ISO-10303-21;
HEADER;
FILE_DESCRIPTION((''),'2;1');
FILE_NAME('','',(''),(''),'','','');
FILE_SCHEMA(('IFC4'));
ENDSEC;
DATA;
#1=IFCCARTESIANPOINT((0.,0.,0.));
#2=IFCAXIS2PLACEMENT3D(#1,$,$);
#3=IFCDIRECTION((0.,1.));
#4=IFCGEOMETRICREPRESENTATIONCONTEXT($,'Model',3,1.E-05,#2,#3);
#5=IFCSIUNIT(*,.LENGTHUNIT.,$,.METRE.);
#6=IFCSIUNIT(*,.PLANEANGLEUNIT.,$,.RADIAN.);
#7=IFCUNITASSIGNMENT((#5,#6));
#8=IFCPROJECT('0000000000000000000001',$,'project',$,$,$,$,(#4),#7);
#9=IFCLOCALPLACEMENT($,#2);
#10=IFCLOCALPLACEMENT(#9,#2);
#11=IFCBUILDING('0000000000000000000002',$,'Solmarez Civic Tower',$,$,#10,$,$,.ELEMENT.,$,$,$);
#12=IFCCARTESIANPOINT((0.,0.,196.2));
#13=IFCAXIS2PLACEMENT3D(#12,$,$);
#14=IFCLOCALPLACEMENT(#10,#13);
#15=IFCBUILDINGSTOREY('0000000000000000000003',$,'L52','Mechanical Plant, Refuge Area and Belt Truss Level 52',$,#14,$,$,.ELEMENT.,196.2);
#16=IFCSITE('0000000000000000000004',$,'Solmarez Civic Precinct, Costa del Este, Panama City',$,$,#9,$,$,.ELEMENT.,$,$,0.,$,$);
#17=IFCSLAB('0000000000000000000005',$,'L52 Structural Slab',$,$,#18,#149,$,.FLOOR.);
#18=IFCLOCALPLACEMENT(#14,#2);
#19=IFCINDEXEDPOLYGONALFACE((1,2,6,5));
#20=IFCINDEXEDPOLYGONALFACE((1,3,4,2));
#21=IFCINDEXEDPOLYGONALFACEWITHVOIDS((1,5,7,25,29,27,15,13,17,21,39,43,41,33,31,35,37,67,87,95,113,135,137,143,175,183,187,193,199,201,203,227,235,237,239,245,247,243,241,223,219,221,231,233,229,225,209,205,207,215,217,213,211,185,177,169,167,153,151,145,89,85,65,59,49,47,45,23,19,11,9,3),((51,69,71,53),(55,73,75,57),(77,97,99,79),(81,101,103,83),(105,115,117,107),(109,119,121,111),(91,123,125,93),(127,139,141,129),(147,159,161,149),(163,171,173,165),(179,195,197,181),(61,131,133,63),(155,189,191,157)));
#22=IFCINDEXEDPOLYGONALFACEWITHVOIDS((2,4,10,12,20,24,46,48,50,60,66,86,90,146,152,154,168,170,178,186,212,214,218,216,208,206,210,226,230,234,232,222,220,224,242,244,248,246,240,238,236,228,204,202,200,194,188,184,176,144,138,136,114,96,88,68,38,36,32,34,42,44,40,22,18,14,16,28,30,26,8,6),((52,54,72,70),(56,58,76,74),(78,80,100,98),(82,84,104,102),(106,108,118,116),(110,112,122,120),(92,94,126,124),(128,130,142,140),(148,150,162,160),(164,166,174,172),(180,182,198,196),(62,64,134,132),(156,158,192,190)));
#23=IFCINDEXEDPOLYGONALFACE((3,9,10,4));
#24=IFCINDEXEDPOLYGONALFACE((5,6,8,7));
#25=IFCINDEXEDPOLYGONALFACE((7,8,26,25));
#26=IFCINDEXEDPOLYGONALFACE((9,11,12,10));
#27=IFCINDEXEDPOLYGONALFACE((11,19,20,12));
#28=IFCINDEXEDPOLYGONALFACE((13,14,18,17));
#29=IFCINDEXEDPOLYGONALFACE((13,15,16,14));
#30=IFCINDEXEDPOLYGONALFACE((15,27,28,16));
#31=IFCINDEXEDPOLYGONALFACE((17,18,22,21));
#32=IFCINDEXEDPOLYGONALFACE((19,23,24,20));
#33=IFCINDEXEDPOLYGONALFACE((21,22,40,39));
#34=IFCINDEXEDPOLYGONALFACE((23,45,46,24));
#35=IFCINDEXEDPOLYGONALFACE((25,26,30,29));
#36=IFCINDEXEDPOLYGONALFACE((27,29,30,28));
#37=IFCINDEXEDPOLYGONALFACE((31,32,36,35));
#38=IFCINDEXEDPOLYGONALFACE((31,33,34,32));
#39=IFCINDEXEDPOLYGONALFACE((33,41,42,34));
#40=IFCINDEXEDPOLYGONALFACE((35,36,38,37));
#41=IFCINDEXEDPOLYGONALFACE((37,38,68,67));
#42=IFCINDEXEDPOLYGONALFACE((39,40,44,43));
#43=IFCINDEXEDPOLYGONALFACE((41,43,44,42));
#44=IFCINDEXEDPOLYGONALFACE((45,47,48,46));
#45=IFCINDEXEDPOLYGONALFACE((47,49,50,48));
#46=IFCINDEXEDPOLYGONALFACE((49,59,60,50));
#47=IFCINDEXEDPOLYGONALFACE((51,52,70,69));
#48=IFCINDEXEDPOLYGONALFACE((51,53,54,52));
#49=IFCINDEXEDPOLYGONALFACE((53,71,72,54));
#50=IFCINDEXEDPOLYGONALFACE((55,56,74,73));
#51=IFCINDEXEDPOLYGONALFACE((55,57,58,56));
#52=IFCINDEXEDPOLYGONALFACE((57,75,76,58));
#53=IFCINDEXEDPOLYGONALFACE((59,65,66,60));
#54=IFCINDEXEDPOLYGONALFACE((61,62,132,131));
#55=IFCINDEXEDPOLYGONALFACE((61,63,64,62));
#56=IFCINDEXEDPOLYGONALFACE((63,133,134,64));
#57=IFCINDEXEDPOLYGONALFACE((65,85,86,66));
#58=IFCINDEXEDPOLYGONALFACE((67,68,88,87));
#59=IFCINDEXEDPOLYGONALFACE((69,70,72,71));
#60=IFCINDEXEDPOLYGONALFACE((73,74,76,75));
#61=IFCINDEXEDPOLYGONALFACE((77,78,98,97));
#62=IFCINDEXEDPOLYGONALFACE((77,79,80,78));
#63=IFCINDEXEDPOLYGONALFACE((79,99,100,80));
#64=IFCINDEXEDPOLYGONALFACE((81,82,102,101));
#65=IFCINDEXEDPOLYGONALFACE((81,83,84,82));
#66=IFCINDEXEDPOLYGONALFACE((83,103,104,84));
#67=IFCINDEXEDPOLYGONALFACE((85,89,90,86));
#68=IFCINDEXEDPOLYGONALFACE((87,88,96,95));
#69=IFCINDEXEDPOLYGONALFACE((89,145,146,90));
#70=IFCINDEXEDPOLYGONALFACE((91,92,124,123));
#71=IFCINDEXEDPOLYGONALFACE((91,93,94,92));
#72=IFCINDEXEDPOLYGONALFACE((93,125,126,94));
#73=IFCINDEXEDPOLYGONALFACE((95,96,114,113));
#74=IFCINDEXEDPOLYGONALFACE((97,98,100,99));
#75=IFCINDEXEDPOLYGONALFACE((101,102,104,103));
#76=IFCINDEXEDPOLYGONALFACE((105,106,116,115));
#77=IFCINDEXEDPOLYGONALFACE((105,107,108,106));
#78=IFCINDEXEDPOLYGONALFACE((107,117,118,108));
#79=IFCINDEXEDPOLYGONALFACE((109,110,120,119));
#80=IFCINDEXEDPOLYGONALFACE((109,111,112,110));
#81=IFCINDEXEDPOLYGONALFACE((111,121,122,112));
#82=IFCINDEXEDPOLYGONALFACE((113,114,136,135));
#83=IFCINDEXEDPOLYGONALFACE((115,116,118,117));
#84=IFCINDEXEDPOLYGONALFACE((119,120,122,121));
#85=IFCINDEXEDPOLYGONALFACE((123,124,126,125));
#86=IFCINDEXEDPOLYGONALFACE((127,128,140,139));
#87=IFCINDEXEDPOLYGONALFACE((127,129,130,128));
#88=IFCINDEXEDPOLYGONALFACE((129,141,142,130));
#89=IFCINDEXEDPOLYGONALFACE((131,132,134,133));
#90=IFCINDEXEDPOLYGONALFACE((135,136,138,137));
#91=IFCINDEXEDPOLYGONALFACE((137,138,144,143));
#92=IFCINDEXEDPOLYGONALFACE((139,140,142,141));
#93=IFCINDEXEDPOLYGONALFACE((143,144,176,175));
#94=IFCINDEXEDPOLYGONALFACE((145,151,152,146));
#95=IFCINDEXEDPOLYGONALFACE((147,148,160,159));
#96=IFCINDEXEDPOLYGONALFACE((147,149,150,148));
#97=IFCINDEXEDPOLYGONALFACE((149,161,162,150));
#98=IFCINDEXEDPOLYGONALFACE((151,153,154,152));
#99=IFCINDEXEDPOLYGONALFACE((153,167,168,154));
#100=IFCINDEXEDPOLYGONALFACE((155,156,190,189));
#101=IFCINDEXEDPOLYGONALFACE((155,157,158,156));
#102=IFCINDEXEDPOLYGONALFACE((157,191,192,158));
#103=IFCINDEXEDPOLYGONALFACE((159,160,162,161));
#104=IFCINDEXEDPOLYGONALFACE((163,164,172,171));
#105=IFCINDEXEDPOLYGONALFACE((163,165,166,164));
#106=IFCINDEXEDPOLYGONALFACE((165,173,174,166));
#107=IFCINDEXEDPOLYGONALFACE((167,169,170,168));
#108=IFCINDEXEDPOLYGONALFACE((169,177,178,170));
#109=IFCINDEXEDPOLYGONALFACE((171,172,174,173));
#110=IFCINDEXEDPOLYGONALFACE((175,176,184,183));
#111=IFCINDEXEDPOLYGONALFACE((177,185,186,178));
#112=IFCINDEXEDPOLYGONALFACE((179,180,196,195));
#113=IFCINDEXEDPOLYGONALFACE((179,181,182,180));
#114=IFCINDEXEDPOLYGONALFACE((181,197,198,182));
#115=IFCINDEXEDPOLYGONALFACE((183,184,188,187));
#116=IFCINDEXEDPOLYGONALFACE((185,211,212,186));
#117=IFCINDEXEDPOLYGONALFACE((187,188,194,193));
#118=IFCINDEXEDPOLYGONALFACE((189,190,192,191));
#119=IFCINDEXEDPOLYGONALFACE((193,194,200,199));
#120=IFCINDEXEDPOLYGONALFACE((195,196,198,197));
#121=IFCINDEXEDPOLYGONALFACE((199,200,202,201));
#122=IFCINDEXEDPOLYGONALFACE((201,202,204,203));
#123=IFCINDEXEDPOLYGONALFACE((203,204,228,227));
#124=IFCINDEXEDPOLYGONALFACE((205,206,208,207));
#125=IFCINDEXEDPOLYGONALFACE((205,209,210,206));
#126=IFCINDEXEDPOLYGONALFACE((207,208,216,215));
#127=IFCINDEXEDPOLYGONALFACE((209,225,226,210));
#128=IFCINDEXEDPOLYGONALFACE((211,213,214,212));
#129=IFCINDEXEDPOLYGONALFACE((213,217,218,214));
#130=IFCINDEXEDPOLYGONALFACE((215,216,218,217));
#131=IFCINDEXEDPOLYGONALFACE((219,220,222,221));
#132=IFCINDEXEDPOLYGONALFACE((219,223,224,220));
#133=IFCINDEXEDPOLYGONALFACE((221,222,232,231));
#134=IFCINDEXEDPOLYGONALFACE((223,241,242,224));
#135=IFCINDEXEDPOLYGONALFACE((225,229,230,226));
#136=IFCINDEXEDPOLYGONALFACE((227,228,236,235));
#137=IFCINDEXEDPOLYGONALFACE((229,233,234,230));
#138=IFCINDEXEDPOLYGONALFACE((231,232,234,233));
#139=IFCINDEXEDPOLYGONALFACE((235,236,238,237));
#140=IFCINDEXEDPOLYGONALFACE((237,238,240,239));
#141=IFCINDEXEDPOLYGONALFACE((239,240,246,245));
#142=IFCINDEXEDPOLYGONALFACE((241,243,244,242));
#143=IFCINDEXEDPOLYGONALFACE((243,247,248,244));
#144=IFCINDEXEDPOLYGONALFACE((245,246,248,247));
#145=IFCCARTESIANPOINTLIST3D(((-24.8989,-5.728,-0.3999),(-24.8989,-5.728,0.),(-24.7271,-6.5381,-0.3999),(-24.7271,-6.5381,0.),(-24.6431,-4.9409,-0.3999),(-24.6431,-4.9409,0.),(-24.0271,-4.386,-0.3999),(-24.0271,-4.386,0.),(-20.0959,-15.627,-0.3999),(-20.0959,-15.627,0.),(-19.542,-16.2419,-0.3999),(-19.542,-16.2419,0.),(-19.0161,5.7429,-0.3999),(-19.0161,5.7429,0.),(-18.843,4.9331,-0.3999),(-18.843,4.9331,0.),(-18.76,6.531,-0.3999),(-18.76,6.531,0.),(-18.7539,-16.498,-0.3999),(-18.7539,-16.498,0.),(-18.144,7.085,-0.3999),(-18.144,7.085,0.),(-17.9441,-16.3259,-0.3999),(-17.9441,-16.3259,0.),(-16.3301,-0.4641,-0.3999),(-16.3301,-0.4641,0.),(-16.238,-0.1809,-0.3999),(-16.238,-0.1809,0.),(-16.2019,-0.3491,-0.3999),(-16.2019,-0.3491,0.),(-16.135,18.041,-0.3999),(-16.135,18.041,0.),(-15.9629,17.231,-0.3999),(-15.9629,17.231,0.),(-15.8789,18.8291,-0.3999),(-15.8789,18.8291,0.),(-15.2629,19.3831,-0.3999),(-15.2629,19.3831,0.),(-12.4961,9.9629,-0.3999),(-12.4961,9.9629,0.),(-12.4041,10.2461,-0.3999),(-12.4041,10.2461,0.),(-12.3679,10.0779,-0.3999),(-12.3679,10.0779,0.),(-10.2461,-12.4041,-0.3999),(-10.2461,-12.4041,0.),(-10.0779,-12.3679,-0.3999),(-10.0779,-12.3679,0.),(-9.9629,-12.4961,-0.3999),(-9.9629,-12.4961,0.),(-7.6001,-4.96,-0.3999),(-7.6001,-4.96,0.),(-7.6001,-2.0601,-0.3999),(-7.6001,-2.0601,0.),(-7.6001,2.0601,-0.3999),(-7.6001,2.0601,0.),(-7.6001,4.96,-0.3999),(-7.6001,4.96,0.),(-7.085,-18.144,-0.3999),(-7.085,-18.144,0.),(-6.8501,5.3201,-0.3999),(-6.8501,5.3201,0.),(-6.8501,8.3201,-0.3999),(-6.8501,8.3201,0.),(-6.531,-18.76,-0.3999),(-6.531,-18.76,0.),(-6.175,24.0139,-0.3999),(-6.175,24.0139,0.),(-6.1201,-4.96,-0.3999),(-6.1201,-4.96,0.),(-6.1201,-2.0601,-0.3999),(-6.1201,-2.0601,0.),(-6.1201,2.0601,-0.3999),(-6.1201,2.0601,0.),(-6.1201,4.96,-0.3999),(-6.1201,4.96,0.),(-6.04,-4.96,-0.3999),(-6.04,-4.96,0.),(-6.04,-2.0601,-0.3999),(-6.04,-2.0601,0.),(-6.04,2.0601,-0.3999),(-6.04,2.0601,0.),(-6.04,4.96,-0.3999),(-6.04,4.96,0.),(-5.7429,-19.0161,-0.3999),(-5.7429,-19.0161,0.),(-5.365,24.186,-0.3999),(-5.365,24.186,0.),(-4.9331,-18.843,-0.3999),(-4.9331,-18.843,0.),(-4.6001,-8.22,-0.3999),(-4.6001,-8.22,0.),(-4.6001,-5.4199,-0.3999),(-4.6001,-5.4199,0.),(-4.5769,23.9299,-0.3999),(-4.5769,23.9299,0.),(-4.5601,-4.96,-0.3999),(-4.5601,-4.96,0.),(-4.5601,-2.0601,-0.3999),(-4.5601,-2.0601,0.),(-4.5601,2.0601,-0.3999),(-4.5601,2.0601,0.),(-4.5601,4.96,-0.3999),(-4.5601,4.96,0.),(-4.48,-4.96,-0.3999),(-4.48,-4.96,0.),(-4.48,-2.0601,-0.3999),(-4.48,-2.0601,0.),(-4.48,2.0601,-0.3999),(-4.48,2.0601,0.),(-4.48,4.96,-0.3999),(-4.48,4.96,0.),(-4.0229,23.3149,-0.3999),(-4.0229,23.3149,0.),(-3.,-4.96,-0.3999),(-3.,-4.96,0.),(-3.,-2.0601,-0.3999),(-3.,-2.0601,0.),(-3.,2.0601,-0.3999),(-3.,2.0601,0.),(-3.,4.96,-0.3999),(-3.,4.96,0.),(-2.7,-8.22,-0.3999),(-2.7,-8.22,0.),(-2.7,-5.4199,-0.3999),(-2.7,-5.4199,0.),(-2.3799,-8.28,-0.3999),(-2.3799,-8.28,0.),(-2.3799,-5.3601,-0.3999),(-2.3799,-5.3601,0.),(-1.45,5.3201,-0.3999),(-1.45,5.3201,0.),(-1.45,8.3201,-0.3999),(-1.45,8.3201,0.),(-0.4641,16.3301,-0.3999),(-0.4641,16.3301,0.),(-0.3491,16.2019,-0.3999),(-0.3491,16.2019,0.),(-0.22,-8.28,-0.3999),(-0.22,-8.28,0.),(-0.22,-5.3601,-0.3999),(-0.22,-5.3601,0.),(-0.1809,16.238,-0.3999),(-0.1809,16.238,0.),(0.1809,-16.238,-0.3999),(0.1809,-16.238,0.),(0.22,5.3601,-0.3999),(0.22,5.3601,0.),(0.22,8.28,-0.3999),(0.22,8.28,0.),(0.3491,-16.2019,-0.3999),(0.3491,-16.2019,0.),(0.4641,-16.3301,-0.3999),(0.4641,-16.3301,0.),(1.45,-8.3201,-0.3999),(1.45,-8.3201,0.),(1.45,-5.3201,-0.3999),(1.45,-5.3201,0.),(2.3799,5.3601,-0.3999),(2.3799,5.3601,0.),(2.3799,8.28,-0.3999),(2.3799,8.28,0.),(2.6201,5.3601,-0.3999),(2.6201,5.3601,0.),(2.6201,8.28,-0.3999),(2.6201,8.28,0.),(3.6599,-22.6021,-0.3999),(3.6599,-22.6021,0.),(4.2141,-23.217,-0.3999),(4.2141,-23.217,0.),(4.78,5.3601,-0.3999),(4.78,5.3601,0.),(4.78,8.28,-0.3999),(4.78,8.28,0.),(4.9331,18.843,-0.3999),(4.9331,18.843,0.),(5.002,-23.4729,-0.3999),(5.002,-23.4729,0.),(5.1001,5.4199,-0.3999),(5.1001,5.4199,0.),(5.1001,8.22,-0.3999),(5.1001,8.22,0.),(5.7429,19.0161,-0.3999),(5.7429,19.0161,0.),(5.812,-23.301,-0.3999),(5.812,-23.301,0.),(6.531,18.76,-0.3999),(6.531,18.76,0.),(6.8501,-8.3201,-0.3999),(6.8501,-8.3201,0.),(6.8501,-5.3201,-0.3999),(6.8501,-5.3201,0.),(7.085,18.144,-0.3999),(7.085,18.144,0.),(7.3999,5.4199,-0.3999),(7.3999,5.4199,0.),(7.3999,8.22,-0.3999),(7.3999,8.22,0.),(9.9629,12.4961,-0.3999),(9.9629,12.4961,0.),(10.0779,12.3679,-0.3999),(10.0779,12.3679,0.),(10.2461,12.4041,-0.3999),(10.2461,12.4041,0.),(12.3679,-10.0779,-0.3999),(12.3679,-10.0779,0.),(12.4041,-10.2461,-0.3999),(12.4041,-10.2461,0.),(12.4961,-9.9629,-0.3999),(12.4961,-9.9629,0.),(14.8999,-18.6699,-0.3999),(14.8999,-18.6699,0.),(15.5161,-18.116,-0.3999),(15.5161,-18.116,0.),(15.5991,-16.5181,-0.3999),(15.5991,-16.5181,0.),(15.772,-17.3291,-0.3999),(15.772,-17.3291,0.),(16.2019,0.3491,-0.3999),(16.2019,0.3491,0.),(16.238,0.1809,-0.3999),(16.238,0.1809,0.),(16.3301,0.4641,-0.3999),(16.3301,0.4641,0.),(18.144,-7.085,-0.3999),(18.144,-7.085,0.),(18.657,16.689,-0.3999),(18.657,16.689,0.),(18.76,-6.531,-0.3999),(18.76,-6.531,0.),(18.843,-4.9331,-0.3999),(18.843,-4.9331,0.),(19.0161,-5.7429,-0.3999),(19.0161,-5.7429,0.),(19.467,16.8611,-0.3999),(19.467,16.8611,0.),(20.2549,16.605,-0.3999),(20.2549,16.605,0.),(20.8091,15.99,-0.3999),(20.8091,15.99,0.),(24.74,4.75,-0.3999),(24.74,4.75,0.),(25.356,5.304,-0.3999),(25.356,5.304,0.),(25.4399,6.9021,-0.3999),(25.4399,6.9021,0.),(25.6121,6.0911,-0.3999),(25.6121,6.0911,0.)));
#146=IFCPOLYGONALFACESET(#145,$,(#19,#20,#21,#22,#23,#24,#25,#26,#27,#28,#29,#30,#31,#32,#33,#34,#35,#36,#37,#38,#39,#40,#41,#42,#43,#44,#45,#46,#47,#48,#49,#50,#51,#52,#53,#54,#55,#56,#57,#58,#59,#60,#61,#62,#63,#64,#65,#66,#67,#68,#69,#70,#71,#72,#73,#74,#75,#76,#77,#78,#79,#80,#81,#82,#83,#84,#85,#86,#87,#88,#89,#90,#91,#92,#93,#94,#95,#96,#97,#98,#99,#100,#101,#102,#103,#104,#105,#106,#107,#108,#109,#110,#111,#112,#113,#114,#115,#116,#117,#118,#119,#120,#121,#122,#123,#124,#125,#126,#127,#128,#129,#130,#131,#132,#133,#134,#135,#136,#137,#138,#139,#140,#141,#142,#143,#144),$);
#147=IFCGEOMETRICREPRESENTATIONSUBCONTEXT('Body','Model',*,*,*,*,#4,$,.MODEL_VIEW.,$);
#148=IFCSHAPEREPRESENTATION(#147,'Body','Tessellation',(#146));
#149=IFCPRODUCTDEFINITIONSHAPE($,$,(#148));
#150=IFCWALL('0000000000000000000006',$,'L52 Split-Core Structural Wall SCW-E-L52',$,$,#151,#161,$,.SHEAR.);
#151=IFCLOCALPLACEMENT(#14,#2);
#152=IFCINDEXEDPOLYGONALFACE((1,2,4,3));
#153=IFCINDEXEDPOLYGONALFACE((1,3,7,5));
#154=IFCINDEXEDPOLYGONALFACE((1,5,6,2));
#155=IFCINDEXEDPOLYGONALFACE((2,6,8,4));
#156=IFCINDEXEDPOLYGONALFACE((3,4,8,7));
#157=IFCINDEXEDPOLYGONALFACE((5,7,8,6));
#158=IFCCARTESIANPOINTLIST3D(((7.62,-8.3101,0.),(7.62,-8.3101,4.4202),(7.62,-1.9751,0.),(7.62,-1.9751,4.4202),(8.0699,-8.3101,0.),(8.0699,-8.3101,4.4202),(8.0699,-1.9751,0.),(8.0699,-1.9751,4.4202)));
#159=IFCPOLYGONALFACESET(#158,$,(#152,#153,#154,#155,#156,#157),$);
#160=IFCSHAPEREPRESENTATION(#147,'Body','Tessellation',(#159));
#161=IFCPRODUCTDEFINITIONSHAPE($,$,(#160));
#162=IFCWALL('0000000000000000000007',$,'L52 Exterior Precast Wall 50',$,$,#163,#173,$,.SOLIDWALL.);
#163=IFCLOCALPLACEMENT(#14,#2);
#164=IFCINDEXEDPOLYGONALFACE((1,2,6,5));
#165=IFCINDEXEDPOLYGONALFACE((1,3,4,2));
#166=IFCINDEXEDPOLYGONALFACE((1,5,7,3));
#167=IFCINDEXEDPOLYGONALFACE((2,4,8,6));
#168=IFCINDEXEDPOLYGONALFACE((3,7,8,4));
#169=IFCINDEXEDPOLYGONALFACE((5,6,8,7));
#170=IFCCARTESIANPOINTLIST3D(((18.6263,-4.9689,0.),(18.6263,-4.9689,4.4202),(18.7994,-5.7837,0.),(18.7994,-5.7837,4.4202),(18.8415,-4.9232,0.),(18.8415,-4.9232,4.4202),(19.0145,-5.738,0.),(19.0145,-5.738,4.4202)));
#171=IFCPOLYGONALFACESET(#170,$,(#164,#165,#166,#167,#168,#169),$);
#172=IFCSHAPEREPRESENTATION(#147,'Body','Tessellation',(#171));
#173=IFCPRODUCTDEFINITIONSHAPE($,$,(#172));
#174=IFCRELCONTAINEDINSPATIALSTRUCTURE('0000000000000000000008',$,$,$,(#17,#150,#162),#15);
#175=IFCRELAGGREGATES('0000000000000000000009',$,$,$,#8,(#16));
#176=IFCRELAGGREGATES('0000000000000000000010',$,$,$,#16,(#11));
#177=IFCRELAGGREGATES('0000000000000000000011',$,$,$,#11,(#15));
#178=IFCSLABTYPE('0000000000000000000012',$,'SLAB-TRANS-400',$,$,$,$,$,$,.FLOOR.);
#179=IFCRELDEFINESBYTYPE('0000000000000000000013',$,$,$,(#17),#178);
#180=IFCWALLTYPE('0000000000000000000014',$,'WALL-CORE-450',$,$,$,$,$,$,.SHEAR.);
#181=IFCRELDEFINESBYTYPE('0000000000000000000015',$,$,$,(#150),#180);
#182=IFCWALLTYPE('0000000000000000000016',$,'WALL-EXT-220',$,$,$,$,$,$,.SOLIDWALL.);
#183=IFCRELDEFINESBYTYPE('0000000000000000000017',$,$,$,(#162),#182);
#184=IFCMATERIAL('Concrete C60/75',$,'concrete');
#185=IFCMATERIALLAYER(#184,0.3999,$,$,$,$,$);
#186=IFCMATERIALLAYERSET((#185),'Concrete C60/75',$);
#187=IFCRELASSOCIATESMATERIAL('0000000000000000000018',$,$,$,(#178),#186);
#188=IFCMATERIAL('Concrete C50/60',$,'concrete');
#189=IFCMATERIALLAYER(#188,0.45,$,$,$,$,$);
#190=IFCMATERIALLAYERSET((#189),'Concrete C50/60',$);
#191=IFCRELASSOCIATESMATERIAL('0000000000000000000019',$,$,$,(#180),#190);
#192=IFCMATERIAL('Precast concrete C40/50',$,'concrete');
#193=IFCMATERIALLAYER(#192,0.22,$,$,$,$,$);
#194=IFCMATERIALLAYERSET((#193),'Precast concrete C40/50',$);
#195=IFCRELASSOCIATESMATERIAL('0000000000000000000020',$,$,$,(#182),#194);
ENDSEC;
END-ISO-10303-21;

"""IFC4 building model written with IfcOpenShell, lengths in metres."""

from ifc_helpers import new_model, si_unit, direction, frame, frame_2d, origin, place, context, subcontext, project, spatial, polyline, rectangle, outline, extrude, material, layer, layer_set, type_object, element, save


model = new_model("IFC4")

# Units and contexts
model_context = context("Model", 3, precision=1e-05, world=origin(), true_north=direction((0.0, 1.0)))
body_context = subcontext(model_context, "Body", "Model", "MODEL_VIEW")
ifc_project = project(units=[si_unit("LENGTHUNIT", "METRE"), si_unit("PLANEANGLEUNIT", "RADIAN")], contexts=[model_context])

# Site, building, storey
site_placement = place(None, origin())
site = spatial("IfcSite", under=ifc_project, at=site_placement, Name="Solmarez Civic Precinct, Costa del Este, Panama City", CompositionType="ELEMENT", RefElevation=0.0)
building_placement = place(site_placement, origin())
building = spatial("IfcBuilding", under=site, at=building_placement, Name="Solmarez Civic Tower", CompositionType="ELEMENT")
storey_placement = place(building_placement, frame((0.0, 0.0, 196.2)))
storey = spatial("IfcBuildingStorey", under=building, at=storey_placement, Name="L52", Description="Mechanical Plant, Refuge Area and Belt Truss Level 52", CompositionType="ELEMENT", Elevation=196.2)

# Shared definitions
ifc_material_1 = material(Name="Concrete C50/60", Category="concrete")

# Slab
ifc_material_2 = material(Name="Concrete C60/75", Category="concrete")
ifc_layer_1 = layer(ifc_material_2, 0.3999)
ifc_layer_set_1 = layer_set([ifc_layer_1], Name="Concrete C60/75")
slab_type_1 = type_object("IfcSlabType", Name="SLAB-TRANS-400", PredefinedType="FLOOR", material=ifc_layer_set_1)
slab_1_placement = place(storey_placement, frame((0.0, 0.0, -0.3999)))
element("IfcSlab", 1, at=slab_1_placement, inside=storey, type_object=slab_type_1, Name="L52 Structural Slab", PredefinedType="FLOOR", context=body_context, shape_type="SweptSolid", body=[
    extrude(outline(polyline([(-9.9629, -12.4961), (-7.085, -18.144), (-6.531, -18.76), (-5.7429, -19.0161), (-4.9331, -18.843), (0.1809, -16.238), (0.3491, -16.2019), (0.4641, -16.3301), (3.6599, -22.6021), (4.2141, -23.217), (5.002, -23.4729), (5.812, -23.301), (14.8999, -18.6699), (15.5161, -18.116), (15.772, -17.3291), (15.5991, -16.5181), (12.4041, -10.2461), (12.3679, -10.0779), (12.4961, -9.9629), (18.144, -7.085), (18.76, -6.531), (19.0161, -5.7429), (18.843, -4.9331), (16.238, 0.1809), (16.2019, 0.3491), (16.3301, 0.4641), (24.74, 4.75), (25.356, 5.304), (25.6121, 6.0911), (25.4399, 6.9021), (20.8091, 15.99), (20.2549, 16.605), (19.467, 16.8611), (18.657, 16.689), (10.2461, 12.4041), (10.0779, 12.3679), (9.9629, 12.4961), (7.085, 18.144), (6.531, 18.76), (5.7429, 19.0161), (4.9331, 18.843), (-0.1809, 16.238), (-0.3491, 16.2019), (-0.4641, 16.3301), (-4.0229, 23.3149), (-4.5769, 23.9299), (-5.365, 24.186), (-6.175, 24.0139), (-15.2629, 19.3831), (-15.8789, 18.8291), (-16.135, 18.041), (-15.9629, 17.231), (-12.4041, 10.2461), (-12.3679, 10.0779), (-12.4961, 9.9629), (-18.144, 7.085), (-18.76, 6.531), (-19.0161, 5.7429), (-18.843, 4.9331), (-16.238, -0.1809), (-16.2019, -0.3491), (-16.3301, -0.4641), (-24.0271, -4.386), (-24.6431, -4.9409), (-24.8989, -5.728), (-24.7271, -6.5381), (-20.0959, -15.627), (-19.542, -16.2419), (-18.7539, -16.498), (-17.9441, -16.3259), (-10.2461, -12.4041), (-10.0779, -12.3679), (-9.9629, -12.4961)]), holes=[polyline([(-1.45, 8.3201), (-6.8501, 8.3201), (-6.8501, 5.3201), (-1.45, 5.3201), (-1.45, 8.3201)]), polyline([(1.45, -8.3201), (6.8501, -8.3201), (6.8501, -5.3201), (1.45, -5.3201), (1.45, -8.3201)]), polyline([(0.22, 5.3601), (2.3799, 5.3601), (2.3799, 8.28), (0.22, 8.28), (0.22, 5.3601)]), polyline([(2.6201, 5.3601), (4.78, 5.3601), (4.78, 8.28), (2.6201, 8.28), (2.6201, 5.3601)]), polyline([(-2.3799, -8.28), (-0.22, -8.28), (-0.22, -5.3601), (-2.3799, -5.3601), (-2.3799, -8.28)]), polyline([(-7.6001, -4.96), (-6.1201, -4.96), (-6.1201, -2.0601), (-7.6001, -2.0601), (-7.6001, -4.96)]), polyline([(-6.04, -4.96), (-4.5601, -4.96), (-4.5601, -2.0601), (-6.04, -2.0601), (-6.04, -4.96)]), polyline([(-4.48, -4.96), (-3.0, -4.96), (-3.0, -2.0601), (-4.48, -2.0601), (-4.48, -4.96)]), polyline([(-7.6001, 2.0601), (-6.1201, 2.0601), (-6.1201, 4.96), (-7.6001, 4.96), (-7.6001, 2.0601)]), polyline([(-6.04, 2.0601), (-4.5601, 2.0601), (-4.5601, 4.96), (-6.04, 4.96), (-6.04, 2.0601)]), polyline([(-4.48, 2.0601), (-3.0, 2.0601), (-3.0, 4.96), (-4.48, 4.96), (-4.48, 2.0601)]), polyline([(5.1001, 5.4199), (7.3999, 5.4199), (7.3999, 8.22), (5.1001, 8.22), (5.1001, 5.4199)]), polyline([(-4.6001, -8.22), (-2.7, -8.22), (-2.7, -5.4199), (-4.6001, -5.4199), (-4.6001, -8.22)])]), origin(), (0.0, 0.0, 1.0), 0.3999),
])

# Walls
ifc_layer_2 = layer(ifc_material_1, 0.45)
ifc_layer_set_2 = layer_set([ifc_layer_2], Name="Concrete C50/60")
wall_type_1 = type_object("IfcWallType", Name="WALL-CORE-450", PredefinedType="SHEAR", material=ifc_layer_set_2)
wall_1_placement = place(storey_placement, frame((7.845, -1.9751, 0.0), z_axis=(0.0, 0.0, 1.0), x_axis=(0.0, -1.0, 0.0)))
element("IfcWall", 2, at=wall_1_placement, inside=storey, type_object=wall_type_1, Name="L52 Split-Core Structural Wall SCW-E-L52", PredefinedType="SHEAR", context=body_context, shape_type="SweptSolid", body=[
    extrude(rectangle(XDim=6.335, YDim=0.45, at=frame_2d((3.1675, 0.0))), origin(), (0.0, 0.0, 1.0), 4.4202),
])
ifc_material_3 = material(Name="Precast concrete C40/50", Category="concrete")
ifc_layer_3 = layer(ifc_material_3, 0.22)
ifc_layer_set_3 = layer_set([ifc_layer_3], Name="Precast concrete C40/50")
wall_type_2 = type_object("IfcWallType", Name="WALL-EXT-220", PredefinedType="SOLIDWALL", material=ifc_layer_set_3)
wall_2_placement = place(storey_placement, frame((18.7339, -4.946, 0.0), z_axis=(0.0, 0.0, 1.0), x_axis=(0.207768, -0.978178, 0.0)))
element("IfcWall", 3, at=wall_2_placement, inside=storey, type_object=wall_type_2, Name="L52 Exterior Precast Wall 50", PredefinedType="SOLIDWALL", context=body_context, shape_type="SweptSolid", body=[
    extrude(rectangle(XDim=0.833, YDim=0.22, at=frame_2d((0.4165, 0.0))), origin(), (0.0, 0.0, 1.0), 4.4202),
])

save(model, "model.ifc")
